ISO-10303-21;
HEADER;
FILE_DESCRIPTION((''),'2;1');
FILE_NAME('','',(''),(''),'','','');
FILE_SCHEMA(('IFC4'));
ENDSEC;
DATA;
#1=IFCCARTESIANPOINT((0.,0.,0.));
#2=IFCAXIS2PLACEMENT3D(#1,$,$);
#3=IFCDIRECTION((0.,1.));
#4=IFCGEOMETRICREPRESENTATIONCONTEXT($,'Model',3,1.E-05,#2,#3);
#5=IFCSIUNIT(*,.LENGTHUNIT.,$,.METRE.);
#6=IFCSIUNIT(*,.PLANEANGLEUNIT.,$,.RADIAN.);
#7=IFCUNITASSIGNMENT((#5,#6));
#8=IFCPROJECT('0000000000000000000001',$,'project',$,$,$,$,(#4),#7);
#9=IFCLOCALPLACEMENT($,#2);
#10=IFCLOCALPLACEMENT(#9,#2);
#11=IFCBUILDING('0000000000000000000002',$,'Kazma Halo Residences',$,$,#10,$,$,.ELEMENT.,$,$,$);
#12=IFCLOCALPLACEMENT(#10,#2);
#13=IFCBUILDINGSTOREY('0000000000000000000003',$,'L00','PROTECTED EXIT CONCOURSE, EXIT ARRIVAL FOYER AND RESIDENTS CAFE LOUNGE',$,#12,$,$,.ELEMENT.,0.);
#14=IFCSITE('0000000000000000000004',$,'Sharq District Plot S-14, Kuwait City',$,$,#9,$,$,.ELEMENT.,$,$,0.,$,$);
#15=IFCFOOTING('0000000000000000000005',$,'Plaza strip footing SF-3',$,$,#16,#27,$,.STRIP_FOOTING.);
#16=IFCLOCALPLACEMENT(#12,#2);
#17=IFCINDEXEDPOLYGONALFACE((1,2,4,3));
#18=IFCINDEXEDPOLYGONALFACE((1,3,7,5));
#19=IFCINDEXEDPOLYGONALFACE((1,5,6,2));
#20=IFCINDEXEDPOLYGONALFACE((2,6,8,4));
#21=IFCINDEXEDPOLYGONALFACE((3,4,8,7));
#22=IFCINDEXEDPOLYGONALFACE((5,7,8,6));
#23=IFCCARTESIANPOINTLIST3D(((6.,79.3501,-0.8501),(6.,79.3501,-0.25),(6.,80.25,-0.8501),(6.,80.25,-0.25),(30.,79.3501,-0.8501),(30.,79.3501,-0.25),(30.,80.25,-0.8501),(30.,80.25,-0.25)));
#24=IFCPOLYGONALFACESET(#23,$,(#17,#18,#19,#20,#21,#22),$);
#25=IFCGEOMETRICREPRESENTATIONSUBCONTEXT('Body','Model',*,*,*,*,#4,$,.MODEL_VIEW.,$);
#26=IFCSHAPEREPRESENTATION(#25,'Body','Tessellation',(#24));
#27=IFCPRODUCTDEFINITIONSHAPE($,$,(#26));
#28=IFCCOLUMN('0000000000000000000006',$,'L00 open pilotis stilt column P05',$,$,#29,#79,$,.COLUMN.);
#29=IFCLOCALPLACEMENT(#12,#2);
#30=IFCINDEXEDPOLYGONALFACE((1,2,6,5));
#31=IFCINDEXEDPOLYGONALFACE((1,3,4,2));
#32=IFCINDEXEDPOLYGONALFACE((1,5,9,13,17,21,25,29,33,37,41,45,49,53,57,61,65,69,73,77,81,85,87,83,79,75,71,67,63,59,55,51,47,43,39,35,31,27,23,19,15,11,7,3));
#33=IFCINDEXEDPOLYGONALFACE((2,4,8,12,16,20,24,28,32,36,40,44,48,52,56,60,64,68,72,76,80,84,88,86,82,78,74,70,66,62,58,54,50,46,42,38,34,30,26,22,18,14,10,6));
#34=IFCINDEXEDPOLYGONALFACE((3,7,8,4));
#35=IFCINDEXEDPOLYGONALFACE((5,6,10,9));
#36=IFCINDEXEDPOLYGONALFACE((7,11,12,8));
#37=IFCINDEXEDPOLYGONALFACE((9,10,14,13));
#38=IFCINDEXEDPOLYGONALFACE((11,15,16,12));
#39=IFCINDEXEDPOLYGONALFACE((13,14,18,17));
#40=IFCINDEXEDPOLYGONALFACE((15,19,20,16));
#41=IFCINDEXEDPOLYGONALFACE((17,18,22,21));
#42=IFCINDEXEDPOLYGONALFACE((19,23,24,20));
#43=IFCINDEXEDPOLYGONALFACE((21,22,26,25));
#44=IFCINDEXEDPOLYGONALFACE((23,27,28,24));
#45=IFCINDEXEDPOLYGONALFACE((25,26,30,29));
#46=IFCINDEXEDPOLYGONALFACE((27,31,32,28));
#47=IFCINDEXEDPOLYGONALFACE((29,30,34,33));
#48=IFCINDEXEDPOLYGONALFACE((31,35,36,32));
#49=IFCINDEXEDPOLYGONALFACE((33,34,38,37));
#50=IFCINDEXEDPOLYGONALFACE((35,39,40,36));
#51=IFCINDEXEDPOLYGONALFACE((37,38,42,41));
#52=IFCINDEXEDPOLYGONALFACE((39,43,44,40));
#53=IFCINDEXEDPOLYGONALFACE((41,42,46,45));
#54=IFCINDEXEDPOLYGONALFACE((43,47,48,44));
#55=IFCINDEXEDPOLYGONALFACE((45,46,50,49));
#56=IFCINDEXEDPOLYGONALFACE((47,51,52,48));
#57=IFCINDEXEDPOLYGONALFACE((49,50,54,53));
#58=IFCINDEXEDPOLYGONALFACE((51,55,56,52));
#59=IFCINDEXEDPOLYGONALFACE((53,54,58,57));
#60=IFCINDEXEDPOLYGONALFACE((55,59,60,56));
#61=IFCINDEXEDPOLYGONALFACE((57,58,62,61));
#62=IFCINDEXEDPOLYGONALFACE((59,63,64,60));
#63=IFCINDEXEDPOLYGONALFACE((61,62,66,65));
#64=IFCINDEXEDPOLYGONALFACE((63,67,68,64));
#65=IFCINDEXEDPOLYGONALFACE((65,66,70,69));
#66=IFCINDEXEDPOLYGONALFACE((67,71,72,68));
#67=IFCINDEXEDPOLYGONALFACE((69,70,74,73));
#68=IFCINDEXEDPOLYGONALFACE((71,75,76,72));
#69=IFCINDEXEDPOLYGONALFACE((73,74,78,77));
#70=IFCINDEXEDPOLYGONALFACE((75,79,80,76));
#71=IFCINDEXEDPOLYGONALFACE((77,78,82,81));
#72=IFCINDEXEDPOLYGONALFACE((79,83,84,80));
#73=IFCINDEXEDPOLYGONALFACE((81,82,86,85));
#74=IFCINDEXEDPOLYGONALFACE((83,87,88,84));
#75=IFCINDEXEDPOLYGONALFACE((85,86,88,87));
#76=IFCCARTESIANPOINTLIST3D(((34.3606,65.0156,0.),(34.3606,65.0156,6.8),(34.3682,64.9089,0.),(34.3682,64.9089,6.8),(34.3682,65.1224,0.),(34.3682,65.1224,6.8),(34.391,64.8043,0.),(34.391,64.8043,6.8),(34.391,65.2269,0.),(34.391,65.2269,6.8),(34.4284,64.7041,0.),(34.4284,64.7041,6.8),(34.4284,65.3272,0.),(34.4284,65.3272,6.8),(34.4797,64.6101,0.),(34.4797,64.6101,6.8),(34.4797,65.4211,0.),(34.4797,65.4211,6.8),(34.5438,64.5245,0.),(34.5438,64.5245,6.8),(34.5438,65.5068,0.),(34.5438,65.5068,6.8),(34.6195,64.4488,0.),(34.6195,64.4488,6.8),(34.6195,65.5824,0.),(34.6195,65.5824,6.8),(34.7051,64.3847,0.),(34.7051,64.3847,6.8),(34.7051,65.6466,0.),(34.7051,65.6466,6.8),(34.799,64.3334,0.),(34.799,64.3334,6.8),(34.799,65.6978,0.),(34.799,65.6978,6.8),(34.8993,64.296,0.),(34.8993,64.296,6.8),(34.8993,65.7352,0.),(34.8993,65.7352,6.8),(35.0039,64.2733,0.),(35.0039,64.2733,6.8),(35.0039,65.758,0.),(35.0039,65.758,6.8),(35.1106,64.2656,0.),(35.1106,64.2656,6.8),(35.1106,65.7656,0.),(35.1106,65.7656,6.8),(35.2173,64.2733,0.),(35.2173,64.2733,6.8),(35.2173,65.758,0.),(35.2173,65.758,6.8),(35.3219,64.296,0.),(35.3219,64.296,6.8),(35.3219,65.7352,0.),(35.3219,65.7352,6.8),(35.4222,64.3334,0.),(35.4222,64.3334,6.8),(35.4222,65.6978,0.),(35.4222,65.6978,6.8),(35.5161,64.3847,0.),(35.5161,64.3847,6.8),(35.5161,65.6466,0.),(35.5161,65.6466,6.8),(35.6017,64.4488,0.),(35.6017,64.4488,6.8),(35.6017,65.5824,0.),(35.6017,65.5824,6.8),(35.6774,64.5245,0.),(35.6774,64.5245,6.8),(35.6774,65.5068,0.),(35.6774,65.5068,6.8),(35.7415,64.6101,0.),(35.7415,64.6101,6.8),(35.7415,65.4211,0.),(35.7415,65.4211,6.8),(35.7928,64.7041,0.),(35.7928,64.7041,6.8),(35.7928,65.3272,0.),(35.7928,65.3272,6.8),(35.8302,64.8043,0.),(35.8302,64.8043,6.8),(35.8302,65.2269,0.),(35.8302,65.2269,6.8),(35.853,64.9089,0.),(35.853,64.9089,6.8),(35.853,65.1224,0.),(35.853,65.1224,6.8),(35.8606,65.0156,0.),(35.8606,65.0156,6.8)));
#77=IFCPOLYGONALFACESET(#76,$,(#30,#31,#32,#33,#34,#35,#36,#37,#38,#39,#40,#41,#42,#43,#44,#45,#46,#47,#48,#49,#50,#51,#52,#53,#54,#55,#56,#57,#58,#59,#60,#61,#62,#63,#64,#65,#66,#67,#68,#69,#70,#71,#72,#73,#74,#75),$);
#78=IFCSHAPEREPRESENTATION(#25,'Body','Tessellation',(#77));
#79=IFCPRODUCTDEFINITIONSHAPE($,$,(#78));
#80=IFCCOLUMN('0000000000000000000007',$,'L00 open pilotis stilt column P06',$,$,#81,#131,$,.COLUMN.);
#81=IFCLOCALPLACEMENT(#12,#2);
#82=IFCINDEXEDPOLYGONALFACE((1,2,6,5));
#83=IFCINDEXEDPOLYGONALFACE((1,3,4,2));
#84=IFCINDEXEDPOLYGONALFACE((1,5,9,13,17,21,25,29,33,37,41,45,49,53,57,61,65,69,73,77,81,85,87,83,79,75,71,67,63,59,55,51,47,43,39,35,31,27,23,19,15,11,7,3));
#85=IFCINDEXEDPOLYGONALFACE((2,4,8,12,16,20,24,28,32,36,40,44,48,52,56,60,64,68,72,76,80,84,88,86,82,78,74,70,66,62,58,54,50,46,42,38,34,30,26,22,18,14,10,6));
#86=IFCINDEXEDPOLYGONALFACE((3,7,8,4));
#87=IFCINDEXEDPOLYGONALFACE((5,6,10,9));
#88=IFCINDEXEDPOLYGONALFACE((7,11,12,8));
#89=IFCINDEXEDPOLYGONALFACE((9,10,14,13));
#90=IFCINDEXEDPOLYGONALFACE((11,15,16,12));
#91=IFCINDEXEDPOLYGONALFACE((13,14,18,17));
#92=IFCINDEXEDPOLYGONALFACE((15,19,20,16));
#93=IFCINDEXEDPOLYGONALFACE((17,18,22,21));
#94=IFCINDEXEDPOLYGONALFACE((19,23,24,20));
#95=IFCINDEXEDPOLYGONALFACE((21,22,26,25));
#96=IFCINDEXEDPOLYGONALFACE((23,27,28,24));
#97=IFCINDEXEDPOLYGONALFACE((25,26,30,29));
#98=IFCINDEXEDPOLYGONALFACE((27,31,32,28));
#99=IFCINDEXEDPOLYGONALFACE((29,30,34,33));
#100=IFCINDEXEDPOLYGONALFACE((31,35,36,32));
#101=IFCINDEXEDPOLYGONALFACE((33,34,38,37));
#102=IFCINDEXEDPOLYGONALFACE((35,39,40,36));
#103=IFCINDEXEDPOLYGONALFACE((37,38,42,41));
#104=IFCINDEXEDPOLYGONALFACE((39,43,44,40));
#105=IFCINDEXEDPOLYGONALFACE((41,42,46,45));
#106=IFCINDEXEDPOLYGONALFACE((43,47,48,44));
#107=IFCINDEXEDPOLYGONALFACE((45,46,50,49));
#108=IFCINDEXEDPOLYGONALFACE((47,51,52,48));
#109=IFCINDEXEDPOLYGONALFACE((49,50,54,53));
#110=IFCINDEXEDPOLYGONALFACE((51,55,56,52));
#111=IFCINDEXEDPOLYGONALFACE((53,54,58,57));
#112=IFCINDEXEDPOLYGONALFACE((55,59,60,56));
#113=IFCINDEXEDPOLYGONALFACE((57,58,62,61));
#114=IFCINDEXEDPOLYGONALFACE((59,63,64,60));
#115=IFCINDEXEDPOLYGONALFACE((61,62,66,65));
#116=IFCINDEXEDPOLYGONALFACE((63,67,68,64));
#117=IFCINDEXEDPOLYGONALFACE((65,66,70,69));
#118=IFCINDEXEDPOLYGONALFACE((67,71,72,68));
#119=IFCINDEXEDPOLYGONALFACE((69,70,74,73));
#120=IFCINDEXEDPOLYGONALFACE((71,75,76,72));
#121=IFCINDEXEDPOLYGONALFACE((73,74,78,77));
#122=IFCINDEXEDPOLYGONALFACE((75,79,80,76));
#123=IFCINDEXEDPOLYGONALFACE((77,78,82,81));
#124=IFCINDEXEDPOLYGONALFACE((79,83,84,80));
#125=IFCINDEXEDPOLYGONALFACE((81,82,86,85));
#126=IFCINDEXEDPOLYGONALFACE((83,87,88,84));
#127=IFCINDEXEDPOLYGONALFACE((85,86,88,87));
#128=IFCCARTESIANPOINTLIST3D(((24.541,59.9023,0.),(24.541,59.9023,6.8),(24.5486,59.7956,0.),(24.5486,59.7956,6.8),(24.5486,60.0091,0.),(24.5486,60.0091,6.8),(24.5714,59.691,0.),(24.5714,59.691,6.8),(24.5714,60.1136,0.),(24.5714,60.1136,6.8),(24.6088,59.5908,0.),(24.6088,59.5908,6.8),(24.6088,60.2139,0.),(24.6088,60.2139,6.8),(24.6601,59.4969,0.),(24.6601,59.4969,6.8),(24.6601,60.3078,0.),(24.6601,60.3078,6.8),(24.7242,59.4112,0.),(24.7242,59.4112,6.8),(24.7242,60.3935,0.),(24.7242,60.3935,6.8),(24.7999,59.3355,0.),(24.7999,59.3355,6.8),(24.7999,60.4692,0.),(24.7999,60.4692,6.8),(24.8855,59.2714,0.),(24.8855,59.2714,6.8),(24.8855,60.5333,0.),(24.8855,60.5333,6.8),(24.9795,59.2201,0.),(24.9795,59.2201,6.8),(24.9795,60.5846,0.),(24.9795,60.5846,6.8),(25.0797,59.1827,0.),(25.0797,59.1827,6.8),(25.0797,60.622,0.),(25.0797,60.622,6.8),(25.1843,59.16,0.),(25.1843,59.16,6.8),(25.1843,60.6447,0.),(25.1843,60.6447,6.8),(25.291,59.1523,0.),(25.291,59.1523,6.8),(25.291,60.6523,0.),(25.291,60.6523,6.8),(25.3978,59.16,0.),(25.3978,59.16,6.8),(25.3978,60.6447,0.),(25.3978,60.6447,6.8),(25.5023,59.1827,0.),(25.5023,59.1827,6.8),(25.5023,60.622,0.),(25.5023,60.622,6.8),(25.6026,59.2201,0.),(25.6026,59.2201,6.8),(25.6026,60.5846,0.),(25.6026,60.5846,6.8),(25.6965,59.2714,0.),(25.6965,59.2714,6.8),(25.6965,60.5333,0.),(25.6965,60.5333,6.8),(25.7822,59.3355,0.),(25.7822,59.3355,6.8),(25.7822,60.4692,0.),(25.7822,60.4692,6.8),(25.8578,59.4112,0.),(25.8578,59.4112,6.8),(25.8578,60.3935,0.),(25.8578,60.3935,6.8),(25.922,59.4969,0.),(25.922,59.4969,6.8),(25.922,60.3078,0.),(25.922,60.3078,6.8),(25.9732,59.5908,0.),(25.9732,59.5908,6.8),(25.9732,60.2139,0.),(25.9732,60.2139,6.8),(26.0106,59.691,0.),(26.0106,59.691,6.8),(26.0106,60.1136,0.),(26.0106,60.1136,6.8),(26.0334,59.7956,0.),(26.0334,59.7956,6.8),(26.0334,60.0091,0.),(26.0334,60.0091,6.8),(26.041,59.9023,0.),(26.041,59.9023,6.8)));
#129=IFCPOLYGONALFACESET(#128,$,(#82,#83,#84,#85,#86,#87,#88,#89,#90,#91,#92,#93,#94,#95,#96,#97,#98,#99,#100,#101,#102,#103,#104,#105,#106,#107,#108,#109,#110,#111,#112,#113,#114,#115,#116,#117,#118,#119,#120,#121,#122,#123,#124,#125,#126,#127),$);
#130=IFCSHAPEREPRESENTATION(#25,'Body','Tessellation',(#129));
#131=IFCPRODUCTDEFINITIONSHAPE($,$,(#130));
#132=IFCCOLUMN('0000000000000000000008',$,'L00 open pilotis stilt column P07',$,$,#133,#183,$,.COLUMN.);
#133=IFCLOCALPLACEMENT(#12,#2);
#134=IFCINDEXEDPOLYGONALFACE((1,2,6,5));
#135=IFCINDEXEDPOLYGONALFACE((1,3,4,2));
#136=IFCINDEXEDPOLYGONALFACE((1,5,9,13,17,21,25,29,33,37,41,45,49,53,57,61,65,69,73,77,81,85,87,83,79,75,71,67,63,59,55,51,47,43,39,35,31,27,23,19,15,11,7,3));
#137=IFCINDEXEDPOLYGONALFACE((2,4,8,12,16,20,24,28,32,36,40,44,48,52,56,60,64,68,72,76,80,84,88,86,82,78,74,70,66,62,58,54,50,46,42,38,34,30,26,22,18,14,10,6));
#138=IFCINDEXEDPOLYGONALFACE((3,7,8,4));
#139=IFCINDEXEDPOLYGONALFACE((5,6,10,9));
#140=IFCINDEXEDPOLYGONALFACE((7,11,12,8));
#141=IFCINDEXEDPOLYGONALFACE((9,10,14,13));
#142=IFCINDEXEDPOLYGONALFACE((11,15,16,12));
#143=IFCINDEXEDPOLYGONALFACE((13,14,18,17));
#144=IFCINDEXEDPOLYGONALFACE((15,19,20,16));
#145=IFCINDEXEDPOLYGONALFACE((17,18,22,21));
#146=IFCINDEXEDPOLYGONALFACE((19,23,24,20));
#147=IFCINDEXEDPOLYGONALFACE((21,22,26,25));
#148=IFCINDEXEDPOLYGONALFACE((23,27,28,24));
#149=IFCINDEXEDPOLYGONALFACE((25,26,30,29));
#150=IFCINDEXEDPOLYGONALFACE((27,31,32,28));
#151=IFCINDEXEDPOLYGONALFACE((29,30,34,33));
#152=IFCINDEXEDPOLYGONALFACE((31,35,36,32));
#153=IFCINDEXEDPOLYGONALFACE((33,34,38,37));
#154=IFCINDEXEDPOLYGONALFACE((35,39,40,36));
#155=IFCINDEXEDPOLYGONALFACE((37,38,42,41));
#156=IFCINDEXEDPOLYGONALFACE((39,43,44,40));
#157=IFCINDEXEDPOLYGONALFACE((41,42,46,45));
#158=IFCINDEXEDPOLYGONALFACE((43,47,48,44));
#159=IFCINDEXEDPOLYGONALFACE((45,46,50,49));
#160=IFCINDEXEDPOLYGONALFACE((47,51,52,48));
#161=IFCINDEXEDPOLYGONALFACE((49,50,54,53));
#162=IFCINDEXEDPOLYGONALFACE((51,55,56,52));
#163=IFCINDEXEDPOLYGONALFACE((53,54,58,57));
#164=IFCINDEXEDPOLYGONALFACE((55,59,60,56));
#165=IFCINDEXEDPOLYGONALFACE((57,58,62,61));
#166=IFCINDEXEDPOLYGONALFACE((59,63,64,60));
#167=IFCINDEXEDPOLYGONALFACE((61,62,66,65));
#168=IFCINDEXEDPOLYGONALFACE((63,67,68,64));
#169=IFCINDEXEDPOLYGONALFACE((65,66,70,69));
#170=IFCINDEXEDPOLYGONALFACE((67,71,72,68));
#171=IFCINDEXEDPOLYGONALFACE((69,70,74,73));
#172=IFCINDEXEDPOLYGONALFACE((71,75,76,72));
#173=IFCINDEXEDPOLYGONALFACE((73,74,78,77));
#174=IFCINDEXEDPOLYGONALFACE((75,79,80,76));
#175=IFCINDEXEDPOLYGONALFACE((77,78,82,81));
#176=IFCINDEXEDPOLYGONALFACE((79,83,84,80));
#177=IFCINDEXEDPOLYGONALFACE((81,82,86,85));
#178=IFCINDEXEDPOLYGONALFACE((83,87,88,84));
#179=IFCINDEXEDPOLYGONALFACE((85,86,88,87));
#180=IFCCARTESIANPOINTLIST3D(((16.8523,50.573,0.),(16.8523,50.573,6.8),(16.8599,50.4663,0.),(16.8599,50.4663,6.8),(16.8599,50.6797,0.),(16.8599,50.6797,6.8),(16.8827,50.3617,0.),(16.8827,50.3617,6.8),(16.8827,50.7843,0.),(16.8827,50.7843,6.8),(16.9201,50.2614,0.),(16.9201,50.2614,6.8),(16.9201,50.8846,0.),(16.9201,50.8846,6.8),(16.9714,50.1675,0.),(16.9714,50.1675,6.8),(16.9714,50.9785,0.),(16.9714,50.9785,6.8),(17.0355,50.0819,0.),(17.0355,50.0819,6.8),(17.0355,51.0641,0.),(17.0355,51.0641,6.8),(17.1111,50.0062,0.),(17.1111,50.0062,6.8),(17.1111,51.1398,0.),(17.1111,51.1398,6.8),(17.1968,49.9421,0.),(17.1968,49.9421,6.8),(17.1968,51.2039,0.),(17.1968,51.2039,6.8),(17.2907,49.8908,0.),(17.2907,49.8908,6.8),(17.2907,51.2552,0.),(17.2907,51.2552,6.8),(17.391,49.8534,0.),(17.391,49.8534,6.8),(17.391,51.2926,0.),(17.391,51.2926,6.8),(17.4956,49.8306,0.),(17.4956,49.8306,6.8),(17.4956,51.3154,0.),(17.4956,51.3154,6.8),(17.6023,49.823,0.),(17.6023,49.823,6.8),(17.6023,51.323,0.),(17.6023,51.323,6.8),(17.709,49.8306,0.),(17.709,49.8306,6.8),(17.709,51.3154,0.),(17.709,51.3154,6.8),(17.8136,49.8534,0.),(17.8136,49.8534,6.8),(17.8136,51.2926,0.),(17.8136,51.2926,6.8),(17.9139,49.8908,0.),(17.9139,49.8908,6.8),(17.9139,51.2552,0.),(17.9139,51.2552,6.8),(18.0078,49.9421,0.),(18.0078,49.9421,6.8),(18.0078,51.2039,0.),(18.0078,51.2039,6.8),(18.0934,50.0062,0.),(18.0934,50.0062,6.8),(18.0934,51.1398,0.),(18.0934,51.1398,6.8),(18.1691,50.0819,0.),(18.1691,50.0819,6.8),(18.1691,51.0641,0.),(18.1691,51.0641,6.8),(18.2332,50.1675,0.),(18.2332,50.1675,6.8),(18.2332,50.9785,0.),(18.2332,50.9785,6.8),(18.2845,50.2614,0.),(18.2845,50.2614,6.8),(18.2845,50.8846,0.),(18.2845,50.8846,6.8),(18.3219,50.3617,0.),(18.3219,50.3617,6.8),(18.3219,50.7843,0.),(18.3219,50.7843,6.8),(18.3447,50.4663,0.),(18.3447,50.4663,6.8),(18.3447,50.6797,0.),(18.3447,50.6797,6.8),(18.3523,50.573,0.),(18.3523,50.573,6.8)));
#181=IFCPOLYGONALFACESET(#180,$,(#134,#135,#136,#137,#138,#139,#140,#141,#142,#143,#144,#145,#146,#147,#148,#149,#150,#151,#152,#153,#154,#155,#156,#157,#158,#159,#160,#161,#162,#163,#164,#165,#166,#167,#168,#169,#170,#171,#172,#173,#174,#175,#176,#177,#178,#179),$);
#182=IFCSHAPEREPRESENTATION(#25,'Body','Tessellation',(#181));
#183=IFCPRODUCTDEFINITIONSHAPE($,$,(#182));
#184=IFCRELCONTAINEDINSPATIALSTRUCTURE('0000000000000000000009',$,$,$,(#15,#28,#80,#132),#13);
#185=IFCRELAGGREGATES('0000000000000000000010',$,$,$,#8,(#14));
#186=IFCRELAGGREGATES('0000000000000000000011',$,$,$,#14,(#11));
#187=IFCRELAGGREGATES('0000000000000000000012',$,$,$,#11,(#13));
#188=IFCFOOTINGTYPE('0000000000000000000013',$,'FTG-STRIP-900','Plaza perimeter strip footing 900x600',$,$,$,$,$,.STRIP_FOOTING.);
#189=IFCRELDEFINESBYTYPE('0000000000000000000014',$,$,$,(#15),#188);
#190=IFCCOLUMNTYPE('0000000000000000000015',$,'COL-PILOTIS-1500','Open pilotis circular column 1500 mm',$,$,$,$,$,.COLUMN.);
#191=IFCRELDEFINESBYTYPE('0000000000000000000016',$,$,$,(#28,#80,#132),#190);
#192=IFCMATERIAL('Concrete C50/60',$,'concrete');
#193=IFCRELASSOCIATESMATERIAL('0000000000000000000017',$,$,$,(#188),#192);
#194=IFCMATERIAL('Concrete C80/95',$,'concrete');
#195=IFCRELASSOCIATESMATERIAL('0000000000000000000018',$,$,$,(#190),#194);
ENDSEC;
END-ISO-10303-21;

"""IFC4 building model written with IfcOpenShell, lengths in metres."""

from ifc_helpers import new_model, si_unit, direction, frame, origin, origin_2d, place, context, subcontext, project, spatial, rectangle, circle, extrude, material, material_profile, profile_set, type_object, element, save


model = new_model("IFC4")

# Units and contexts
model_context = context("Model", 3, precision=1e-05, world=origin(), true_north=direction((0.0, 1.0)))
body_context = subcontext(model_context, "Body", "Model", "MODEL_VIEW")
ifc_project = project(units=[si_unit("LENGTHUNIT", "METRE"), si_unit("PLANEANGLEUNIT", "RADIAN")], contexts=[model_context])

# Site, building, storey
site_placement = place(None, origin())
site = spatial("IfcSite", under=ifc_project, at=site_placement, Name="Sharq District Plot S-14, Kuwait City", CompositionType="ELEMENT", RefElevation=0.0)
building_placement = place(site_placement, origin())
building = spatial("IfcBuilding", under=site, at=building_placement, Name="Kazma Halo Residences", CompositionType="ELEMENT")
storey_placement = place(building_placement, origin())
storey = spatial("IfcBuildingStorey", under=building, at=storey_placement, Name="L00", Description="PROTECTED EXIT CONCOURSE, EXIT ARRIVAL FOYER AND RESIDENTS CAFE LOUNGE", CompositionType="ELEMENT", Elevation=0.0)

# Footing
ifc_material_1 = material(Name="Concrete C50/60", Category="concrete")
ifc_material_profile_1 = material_profile(ifc_material_1, rectangle(XDim=0.6001, YDim=0.8999, at=origin_2d()), Name="RECT600x900")
ifc_profile_set_1 = profile_set([ifc_material_profile_1], Name="Concrete C50/60")
footing_type = type_object("IfcFootingType", Name="FTG-STRIP-900", Description="Plaza perimeter strip footing 900x600", PredefinedType="STRIP_FOOTING", material=ifc_profile_set_1)
footing_placement = place(storey_placement, frame((18.0, 79.8, -0.8501), z_axis=(0.0, 0.0, 1.0), x_axis=(1.0, 0.0, 0.0)))
element("IfcFooting", 1, at=footing_placement, inside=storey, type_object=footing_type, Name="Plaza strip footing SF-3", PredefinedType="STRIP_FOOTING", context=body_context, shape_type="SweptSolid", body=[
    extrude(rectangle(XDim=24.0, YDim=0.8999, at=origin_2d()), origin(), (0.0, 0.0, 1.0), 0.6001),
])

# Columns
ifc_material_2 = material(Name="Concrete C80/95", Category="concrete")
ifc_material_profile_2 = material_profile(ifc_material_2, circle(Radius=0.75, at=origin_2d()), Name="CIRC1500")
ifc_profile_set_2 = profile_set([ifc_material_profile_2], Name="Concrete C80/95")
column_type = type_object("IfcColumnType", Name="COL-PILOTIS-1500", Description="Open pilotis circular column 1500 mm", PredefinedType="COLUMN", material=ifc_profile_set_2)
for number, where, z_axis, x_axis, name in (
    (2, (35.1106, 65.0156, 0.0), (0.0, 0.0, 1.0), (1.0, 0.0, 0.0), "L00 open pilotis stilt column P05"),
    (3, (25.291, 59.9023, 0.0), (0.0, 0.0, 1.0), (1.0, 0.0, 0.0), "L00 open pilotis stilt column P06"),
    (4, (17.6023, 50.573, 0.0), (0.0, 0.0, 1.0), (1.0, 0.0, 0.0), "L00 open pilotis stilt column P07"),
):
    element("IfcColumn", number, at=place(storey_placement, frame(where, z_axis=z_axis, x_axis=x_axis)), inside=storey, type_object=column_type, Name=name, PredefinedType="COLUMN", context=body_context, shape_type="SweptSolid", body=[
        extrude(circle(Radius=0.75, at=origin_2d()), origin(), (0.0, 0.0, 1.0), 6.8),
    ])

save(model, "model.ifc")
